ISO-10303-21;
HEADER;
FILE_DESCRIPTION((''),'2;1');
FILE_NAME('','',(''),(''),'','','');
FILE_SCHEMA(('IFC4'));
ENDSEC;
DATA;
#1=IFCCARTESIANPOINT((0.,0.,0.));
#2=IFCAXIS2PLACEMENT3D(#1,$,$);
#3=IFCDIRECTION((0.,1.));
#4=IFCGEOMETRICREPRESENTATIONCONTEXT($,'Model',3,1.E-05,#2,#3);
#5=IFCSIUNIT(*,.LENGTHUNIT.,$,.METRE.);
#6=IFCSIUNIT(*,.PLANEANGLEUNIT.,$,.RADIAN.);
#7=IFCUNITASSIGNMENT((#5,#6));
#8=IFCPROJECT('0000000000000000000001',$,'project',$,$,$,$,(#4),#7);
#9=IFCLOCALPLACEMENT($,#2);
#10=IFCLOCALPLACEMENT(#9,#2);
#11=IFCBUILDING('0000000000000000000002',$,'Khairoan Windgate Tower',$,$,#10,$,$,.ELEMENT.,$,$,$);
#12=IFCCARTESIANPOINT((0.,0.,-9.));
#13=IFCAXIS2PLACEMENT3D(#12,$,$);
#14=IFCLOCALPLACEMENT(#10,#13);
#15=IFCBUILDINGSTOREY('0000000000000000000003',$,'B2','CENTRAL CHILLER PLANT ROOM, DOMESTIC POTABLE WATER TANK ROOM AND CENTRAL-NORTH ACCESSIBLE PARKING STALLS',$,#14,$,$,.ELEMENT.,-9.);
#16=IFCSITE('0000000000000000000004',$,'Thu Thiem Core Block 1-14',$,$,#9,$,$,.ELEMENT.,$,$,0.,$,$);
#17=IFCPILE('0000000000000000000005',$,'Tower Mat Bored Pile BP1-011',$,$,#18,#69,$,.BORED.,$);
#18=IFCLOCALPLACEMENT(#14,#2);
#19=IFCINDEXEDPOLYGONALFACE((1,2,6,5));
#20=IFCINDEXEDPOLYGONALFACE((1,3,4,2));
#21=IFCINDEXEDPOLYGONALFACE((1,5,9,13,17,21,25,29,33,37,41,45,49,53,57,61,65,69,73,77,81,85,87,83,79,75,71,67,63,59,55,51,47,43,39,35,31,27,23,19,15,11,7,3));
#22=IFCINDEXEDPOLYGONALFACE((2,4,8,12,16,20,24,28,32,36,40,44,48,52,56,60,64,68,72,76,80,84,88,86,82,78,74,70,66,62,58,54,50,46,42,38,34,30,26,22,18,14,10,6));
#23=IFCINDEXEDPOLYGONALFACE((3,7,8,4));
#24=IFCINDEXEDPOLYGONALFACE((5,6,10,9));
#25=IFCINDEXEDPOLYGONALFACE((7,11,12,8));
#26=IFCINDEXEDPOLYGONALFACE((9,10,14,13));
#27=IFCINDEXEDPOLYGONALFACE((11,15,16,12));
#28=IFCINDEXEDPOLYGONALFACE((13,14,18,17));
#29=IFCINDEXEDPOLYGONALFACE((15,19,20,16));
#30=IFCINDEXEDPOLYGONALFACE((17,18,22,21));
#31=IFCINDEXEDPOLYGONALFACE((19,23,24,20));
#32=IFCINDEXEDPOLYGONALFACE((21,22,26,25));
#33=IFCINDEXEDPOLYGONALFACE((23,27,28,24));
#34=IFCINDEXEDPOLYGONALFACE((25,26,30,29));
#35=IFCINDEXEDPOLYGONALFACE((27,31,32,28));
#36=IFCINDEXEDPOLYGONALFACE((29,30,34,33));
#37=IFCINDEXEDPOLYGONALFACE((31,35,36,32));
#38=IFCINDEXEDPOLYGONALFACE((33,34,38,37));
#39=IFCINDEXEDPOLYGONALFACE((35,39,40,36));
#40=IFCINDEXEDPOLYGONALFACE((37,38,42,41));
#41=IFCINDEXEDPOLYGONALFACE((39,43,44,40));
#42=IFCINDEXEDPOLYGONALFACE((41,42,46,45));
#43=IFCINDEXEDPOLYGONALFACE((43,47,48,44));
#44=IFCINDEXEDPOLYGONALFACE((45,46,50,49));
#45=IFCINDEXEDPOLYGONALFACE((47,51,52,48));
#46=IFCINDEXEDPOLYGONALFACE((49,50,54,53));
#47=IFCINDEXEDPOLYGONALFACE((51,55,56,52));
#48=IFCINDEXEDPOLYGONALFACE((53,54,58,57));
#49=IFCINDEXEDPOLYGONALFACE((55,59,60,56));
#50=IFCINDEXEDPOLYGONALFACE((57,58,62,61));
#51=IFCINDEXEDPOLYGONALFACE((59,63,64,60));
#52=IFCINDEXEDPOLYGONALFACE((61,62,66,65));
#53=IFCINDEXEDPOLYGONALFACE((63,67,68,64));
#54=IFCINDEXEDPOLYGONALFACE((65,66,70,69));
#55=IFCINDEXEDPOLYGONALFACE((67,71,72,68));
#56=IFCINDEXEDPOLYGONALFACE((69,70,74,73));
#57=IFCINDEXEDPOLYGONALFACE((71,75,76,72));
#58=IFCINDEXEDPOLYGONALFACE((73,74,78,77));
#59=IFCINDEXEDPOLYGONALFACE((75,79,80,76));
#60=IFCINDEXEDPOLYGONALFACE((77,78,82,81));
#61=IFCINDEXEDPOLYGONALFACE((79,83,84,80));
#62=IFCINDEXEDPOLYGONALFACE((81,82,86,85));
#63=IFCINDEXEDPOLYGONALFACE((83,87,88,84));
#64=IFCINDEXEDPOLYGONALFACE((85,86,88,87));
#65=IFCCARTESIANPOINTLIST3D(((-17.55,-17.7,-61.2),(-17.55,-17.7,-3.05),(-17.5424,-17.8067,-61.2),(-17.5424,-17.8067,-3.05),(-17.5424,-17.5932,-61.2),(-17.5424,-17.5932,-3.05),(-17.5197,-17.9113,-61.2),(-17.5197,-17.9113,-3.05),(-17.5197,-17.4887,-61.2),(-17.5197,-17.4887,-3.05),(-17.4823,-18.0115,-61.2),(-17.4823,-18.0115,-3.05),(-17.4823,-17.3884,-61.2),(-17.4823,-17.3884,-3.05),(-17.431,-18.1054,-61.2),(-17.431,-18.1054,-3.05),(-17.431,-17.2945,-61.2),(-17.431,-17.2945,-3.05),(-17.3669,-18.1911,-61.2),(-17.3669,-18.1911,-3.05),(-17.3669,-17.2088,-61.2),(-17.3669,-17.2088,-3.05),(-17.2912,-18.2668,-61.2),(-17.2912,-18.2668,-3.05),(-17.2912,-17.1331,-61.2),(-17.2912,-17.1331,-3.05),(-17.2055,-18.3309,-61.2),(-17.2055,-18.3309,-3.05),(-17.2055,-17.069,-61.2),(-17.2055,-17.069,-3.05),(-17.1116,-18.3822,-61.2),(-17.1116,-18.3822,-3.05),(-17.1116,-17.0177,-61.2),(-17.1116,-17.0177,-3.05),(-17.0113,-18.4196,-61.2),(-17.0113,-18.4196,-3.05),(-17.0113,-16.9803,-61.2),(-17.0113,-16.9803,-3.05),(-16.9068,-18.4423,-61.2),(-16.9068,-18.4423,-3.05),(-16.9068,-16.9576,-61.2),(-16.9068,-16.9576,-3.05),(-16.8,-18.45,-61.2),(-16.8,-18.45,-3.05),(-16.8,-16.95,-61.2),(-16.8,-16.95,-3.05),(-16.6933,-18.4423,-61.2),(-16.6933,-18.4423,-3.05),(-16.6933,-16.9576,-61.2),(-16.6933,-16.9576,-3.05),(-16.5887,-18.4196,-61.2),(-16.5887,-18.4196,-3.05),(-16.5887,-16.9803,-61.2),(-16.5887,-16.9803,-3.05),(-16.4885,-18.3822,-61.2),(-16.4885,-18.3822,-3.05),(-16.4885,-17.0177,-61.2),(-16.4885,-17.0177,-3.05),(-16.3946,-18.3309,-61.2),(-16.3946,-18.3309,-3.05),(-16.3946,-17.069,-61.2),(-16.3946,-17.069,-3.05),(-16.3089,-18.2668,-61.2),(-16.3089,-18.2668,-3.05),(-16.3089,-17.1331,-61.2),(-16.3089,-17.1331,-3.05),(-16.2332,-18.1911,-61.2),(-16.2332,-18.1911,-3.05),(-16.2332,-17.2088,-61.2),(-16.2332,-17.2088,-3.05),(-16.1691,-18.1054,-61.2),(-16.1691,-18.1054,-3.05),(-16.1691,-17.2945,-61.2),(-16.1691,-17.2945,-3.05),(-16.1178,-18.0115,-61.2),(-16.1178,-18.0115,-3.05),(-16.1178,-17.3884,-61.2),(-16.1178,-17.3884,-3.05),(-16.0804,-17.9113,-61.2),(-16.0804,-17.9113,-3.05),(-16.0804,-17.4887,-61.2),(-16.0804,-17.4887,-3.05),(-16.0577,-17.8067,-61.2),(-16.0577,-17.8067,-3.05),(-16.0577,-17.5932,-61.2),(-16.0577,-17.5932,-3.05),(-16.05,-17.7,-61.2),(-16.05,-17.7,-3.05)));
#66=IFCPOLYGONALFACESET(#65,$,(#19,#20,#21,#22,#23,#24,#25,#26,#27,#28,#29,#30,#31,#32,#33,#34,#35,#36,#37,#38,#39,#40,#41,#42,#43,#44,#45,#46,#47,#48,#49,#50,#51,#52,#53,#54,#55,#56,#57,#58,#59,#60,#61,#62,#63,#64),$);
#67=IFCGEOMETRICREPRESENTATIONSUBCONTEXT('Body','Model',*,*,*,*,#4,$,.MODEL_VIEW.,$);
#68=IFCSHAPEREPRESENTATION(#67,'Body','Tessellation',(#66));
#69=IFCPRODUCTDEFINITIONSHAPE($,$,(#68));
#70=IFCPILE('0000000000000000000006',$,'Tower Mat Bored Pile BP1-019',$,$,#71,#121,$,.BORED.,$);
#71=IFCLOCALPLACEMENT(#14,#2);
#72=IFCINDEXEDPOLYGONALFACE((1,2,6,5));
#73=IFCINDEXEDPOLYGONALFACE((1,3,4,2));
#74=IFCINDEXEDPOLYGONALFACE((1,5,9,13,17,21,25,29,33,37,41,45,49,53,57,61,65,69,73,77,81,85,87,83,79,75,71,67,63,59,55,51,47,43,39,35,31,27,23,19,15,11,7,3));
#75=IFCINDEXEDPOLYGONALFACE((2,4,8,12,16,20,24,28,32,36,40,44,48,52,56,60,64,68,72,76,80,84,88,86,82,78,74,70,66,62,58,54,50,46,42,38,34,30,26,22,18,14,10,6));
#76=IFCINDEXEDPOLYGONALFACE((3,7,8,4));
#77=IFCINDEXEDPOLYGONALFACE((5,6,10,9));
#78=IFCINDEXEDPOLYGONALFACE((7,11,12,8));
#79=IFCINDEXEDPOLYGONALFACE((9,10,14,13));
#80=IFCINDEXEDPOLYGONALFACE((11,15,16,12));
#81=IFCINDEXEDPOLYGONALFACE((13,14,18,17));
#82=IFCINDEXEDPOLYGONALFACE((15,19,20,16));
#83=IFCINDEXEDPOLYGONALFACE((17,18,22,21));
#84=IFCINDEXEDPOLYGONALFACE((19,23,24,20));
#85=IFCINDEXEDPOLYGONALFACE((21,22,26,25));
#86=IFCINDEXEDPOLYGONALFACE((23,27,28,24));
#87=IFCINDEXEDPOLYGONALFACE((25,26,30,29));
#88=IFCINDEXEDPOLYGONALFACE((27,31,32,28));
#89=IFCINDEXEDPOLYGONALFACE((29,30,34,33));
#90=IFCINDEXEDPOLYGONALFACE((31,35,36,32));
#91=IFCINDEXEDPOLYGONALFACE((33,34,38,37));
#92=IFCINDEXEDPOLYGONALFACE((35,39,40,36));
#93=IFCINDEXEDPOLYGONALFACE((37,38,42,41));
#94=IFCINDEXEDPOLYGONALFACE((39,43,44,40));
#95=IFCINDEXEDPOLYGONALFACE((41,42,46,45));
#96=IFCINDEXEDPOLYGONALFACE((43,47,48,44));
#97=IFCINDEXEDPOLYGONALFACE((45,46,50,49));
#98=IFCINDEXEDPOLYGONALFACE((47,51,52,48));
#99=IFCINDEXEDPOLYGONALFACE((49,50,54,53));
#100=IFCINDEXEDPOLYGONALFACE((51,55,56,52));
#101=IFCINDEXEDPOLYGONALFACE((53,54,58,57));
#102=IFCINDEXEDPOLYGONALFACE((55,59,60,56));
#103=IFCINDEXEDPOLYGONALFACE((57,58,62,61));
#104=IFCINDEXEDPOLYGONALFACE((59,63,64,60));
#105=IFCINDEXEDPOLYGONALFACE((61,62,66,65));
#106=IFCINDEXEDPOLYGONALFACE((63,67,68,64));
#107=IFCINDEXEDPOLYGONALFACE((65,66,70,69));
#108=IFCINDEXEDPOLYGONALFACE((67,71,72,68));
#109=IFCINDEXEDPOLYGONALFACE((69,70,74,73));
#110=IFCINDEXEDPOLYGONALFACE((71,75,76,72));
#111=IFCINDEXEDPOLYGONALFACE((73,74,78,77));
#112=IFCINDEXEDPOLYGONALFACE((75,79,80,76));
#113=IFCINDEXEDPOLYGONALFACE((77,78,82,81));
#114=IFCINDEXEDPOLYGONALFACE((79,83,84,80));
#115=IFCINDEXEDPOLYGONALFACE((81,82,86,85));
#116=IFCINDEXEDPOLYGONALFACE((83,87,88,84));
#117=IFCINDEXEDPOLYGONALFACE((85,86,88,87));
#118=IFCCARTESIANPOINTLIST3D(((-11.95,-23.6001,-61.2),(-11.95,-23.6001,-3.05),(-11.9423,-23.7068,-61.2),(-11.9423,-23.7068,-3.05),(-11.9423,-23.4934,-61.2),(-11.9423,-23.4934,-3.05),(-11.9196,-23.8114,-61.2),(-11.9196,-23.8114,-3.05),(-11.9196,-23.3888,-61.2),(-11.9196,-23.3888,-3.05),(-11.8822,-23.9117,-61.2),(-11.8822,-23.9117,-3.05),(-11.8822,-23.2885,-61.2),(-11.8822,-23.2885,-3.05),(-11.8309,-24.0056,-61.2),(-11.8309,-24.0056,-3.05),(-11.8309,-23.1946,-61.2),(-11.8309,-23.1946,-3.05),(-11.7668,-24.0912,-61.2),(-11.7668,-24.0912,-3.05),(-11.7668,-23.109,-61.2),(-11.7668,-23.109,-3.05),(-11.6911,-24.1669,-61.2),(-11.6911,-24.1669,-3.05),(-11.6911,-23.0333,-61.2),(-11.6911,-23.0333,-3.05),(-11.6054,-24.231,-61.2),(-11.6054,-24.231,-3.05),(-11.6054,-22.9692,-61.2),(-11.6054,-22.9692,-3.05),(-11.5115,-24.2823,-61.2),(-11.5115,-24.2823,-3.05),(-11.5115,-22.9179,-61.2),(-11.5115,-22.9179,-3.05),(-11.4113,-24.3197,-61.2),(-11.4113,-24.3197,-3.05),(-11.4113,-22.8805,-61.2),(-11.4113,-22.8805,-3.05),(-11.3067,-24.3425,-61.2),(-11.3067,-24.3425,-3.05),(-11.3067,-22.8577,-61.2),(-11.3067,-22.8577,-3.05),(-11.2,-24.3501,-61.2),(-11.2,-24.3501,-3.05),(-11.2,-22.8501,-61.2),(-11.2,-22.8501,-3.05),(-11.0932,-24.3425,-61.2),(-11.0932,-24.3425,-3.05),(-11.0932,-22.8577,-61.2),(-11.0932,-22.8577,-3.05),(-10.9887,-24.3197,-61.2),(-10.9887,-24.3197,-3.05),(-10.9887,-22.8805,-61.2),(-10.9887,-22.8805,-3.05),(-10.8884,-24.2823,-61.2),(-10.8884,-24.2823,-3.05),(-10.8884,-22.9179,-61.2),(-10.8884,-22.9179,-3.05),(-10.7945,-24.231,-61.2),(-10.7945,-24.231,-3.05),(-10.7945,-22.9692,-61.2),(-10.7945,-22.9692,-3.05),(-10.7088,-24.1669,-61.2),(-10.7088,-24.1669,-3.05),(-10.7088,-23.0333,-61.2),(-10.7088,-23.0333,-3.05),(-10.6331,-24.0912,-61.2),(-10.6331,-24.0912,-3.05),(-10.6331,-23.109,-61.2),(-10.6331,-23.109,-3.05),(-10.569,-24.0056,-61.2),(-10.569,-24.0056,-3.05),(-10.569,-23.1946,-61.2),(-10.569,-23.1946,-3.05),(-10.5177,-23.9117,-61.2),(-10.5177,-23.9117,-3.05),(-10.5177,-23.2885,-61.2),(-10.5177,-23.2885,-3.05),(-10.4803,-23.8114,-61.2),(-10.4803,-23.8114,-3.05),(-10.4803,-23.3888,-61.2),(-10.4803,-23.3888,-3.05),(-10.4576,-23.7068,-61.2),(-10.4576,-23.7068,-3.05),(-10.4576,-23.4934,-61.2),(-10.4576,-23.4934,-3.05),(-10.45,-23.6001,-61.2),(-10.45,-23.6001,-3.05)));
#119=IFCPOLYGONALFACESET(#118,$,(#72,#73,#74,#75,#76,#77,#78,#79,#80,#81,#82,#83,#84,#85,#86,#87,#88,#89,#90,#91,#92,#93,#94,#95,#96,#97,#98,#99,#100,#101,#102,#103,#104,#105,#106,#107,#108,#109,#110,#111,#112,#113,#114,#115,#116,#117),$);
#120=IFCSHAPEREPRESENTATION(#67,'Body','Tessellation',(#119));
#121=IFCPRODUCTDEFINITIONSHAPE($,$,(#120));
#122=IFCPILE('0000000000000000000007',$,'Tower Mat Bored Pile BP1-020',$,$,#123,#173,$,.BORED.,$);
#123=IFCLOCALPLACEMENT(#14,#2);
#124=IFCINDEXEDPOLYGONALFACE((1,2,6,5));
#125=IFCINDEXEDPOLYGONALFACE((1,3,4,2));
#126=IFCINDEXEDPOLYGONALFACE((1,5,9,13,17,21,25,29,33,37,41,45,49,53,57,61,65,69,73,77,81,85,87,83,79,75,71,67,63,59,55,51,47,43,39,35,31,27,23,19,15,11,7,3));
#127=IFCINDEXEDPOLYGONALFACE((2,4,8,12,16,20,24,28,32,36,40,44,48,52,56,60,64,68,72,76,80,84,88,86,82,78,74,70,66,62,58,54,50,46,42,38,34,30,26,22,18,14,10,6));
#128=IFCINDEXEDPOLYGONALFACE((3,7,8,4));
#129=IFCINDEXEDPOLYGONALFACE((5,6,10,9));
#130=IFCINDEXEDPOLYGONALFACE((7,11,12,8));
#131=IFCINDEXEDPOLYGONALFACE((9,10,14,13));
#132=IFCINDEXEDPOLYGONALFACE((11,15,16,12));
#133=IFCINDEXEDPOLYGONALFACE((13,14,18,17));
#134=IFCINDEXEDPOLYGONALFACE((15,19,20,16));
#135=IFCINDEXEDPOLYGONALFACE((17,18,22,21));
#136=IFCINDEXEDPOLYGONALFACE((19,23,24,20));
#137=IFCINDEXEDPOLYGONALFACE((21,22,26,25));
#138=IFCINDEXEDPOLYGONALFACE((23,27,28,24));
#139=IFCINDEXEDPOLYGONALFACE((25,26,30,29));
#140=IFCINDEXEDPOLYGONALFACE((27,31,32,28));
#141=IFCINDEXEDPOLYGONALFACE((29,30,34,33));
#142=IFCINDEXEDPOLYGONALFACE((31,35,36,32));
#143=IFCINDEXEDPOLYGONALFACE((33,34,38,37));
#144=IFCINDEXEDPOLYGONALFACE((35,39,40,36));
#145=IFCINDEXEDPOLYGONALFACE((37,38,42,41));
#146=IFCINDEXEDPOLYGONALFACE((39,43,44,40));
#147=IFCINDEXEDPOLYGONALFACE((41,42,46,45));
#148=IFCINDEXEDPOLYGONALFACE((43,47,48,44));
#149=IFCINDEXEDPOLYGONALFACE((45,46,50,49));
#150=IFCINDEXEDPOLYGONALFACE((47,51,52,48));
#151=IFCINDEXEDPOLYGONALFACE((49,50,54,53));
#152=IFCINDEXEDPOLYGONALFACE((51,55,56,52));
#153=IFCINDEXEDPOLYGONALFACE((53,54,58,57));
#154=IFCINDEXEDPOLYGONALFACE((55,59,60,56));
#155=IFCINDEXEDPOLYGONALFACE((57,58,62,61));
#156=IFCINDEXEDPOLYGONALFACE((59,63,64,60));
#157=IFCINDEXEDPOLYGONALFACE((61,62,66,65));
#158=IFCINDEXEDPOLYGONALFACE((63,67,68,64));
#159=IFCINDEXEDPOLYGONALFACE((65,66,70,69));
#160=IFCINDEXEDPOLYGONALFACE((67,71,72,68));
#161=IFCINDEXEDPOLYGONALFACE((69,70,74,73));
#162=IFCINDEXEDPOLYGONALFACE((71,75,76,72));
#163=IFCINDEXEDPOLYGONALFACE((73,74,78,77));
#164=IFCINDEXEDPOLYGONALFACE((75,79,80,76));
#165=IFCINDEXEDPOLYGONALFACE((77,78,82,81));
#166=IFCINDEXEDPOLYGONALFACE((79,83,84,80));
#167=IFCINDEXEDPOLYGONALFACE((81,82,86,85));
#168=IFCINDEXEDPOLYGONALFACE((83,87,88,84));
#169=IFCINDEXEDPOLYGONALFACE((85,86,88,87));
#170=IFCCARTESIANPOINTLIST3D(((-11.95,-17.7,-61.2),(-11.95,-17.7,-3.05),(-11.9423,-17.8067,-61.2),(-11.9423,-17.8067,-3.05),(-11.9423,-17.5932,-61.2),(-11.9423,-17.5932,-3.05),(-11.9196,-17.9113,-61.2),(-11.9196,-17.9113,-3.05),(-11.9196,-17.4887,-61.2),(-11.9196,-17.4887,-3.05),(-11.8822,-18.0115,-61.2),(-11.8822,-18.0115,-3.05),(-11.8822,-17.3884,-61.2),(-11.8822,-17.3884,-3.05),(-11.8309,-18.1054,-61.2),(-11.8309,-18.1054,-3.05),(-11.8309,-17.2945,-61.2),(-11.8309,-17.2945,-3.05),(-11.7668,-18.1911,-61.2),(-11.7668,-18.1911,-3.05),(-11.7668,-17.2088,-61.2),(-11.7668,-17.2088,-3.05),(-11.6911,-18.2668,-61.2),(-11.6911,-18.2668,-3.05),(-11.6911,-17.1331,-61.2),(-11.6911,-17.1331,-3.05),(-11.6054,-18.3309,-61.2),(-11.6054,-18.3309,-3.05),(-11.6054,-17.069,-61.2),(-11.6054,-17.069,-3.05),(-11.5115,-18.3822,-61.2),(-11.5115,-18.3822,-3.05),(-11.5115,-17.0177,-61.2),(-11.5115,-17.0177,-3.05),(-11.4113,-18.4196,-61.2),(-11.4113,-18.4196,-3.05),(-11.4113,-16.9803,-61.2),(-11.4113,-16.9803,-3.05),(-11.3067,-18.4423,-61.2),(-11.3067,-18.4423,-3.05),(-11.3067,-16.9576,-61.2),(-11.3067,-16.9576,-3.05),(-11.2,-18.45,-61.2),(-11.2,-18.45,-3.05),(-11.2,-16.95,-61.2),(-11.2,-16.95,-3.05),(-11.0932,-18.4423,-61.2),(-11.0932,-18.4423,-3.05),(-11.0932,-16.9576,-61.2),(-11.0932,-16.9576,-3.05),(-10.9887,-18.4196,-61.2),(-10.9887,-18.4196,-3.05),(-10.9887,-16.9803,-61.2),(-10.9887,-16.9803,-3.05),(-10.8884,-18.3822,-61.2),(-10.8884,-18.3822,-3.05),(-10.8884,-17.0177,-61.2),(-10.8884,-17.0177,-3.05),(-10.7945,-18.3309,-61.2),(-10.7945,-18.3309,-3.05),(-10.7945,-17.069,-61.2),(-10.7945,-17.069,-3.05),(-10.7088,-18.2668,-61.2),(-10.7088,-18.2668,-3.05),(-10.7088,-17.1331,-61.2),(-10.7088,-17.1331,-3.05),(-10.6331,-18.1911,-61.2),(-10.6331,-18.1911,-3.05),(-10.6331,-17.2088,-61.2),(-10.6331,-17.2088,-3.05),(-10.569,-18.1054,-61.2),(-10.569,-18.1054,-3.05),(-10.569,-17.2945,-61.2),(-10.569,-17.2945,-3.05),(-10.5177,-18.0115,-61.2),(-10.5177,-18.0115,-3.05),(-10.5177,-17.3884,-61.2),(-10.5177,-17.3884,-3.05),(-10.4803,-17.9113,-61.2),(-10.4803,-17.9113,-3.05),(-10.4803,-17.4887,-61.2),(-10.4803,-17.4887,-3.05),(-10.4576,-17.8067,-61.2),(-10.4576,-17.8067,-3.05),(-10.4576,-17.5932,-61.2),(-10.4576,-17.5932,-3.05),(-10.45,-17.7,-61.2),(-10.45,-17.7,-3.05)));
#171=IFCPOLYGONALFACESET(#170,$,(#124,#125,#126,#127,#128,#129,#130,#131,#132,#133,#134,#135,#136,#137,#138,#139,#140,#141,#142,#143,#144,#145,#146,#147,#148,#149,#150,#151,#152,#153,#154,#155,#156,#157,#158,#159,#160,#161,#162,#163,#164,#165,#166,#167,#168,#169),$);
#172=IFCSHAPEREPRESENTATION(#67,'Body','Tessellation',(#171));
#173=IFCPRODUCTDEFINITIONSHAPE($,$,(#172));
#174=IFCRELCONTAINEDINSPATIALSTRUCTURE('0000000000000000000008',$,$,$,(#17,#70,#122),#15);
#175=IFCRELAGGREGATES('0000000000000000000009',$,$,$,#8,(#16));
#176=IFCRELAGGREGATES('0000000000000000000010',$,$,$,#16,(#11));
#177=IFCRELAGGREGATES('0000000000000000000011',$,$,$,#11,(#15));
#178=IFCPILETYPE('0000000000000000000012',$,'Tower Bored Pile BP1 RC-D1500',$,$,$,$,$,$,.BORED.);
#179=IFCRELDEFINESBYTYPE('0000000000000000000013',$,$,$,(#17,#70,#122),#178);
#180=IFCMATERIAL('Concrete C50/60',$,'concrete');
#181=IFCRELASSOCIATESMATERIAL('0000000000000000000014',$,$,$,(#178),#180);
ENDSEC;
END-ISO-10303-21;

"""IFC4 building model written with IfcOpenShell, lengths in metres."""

from ifc_helpers import new_model, si_unit, direction, frame, origin, origin_2d, place, context, subcontext, project, spatial, circle, extrude, material, material_profile, profile_set, type_object, element, save


model = new_model("IFC4")

# Units and contexts
model_context = context("Model", 3, precision=1e-05, world=origin(), true_north=direction((0.0, 1.0)))
body_context = subcontext(model_context, "Body", "Model", "MODEL_VIEW")
ifc_project = project(units=[si_unit("LENGTHUNIT", "METRE"), si_unit("PLANEANGLEUNIT", "RADIAN")], contexts=[model_context])

# Site, building, storey
site_placement = place(None, origin())
site = spatial("IfcSite", under=ifc_project, at=site_placement, Name="Thu Thiem Core Block 1-14", CompositionType="ELEMENT", RefElevation=0.0)
building_placement = place(site_placement, origin())
building = spatial("IfcBuilding", under=site, at=building_placement, Name="Khairoan Windgate Tower", CompositionType="ELEMENT")
storey_placement = place(building_placement, frame((0.0, 0.0, -9.0)))
storey = spatial("IfcBuildingStorey", under=building, at=storey_placement, Name="B2", Description="CENTRAL CHILLER PLANT ROOM, DOMESTIC POTABLE WATER TANK ROOM AND CENTRAL-NORTH ACCESSIBLE PARKING STALLS", CompositionType="ELEMENT", Elevation=-9.0)

# Piles
ifc_material_1 = material(Name="Concrete C50/60", Category="concrete")
ifc_material_profile_1 = material_profile(ifc_material_1, circle(Radius=0.75, at=origin_2d()))
ifc_profile_set_1 = profile_set([ifc_material_profile_1], Name="Concrete C50/60")
pile_type = type_object("IfcPileType", Name="Tower Bored Pile BP1 RC-D1500", PredefinedType="BORED", material=ifc_profile_set_1)
for number, where, z_axis, x_axis, name in (
    (1, (-16.8, -17.7, -3.05), (0.0, 0.0, -1.0), (1.0, 0.0, 0.0), "Tower Mat Bored Pile BP1-011"),
    (2, (-11.2, -23.6001, -3.05), (0.0, 0.0, -1.0), (1.0, 0.0, 0.0), "Tower Mat Bored Pile BP1-019"),
    (3, (-11.2, -17.7, -3.05), (0.0, 0.0, -1.0), (1.0, 0.0, 0.0), "Tower Mat Bored Pile BP1-020"),
):
    element("IfcPile", number, at=place(storey_placement, frame(where, z_axis=z_axis, x_axis=x_axis)), inside=storey, type_object=pile_type, Name=name, PredefinedType="BORED", context=body_context, shape_type="SweptSolid", body=[
        extrude(circle(Radius=0.75, at=origin_2d()), origin(), (0.0, 0.0, 1.0), 58.1499),
    ])

save(model, "model.ifc")
